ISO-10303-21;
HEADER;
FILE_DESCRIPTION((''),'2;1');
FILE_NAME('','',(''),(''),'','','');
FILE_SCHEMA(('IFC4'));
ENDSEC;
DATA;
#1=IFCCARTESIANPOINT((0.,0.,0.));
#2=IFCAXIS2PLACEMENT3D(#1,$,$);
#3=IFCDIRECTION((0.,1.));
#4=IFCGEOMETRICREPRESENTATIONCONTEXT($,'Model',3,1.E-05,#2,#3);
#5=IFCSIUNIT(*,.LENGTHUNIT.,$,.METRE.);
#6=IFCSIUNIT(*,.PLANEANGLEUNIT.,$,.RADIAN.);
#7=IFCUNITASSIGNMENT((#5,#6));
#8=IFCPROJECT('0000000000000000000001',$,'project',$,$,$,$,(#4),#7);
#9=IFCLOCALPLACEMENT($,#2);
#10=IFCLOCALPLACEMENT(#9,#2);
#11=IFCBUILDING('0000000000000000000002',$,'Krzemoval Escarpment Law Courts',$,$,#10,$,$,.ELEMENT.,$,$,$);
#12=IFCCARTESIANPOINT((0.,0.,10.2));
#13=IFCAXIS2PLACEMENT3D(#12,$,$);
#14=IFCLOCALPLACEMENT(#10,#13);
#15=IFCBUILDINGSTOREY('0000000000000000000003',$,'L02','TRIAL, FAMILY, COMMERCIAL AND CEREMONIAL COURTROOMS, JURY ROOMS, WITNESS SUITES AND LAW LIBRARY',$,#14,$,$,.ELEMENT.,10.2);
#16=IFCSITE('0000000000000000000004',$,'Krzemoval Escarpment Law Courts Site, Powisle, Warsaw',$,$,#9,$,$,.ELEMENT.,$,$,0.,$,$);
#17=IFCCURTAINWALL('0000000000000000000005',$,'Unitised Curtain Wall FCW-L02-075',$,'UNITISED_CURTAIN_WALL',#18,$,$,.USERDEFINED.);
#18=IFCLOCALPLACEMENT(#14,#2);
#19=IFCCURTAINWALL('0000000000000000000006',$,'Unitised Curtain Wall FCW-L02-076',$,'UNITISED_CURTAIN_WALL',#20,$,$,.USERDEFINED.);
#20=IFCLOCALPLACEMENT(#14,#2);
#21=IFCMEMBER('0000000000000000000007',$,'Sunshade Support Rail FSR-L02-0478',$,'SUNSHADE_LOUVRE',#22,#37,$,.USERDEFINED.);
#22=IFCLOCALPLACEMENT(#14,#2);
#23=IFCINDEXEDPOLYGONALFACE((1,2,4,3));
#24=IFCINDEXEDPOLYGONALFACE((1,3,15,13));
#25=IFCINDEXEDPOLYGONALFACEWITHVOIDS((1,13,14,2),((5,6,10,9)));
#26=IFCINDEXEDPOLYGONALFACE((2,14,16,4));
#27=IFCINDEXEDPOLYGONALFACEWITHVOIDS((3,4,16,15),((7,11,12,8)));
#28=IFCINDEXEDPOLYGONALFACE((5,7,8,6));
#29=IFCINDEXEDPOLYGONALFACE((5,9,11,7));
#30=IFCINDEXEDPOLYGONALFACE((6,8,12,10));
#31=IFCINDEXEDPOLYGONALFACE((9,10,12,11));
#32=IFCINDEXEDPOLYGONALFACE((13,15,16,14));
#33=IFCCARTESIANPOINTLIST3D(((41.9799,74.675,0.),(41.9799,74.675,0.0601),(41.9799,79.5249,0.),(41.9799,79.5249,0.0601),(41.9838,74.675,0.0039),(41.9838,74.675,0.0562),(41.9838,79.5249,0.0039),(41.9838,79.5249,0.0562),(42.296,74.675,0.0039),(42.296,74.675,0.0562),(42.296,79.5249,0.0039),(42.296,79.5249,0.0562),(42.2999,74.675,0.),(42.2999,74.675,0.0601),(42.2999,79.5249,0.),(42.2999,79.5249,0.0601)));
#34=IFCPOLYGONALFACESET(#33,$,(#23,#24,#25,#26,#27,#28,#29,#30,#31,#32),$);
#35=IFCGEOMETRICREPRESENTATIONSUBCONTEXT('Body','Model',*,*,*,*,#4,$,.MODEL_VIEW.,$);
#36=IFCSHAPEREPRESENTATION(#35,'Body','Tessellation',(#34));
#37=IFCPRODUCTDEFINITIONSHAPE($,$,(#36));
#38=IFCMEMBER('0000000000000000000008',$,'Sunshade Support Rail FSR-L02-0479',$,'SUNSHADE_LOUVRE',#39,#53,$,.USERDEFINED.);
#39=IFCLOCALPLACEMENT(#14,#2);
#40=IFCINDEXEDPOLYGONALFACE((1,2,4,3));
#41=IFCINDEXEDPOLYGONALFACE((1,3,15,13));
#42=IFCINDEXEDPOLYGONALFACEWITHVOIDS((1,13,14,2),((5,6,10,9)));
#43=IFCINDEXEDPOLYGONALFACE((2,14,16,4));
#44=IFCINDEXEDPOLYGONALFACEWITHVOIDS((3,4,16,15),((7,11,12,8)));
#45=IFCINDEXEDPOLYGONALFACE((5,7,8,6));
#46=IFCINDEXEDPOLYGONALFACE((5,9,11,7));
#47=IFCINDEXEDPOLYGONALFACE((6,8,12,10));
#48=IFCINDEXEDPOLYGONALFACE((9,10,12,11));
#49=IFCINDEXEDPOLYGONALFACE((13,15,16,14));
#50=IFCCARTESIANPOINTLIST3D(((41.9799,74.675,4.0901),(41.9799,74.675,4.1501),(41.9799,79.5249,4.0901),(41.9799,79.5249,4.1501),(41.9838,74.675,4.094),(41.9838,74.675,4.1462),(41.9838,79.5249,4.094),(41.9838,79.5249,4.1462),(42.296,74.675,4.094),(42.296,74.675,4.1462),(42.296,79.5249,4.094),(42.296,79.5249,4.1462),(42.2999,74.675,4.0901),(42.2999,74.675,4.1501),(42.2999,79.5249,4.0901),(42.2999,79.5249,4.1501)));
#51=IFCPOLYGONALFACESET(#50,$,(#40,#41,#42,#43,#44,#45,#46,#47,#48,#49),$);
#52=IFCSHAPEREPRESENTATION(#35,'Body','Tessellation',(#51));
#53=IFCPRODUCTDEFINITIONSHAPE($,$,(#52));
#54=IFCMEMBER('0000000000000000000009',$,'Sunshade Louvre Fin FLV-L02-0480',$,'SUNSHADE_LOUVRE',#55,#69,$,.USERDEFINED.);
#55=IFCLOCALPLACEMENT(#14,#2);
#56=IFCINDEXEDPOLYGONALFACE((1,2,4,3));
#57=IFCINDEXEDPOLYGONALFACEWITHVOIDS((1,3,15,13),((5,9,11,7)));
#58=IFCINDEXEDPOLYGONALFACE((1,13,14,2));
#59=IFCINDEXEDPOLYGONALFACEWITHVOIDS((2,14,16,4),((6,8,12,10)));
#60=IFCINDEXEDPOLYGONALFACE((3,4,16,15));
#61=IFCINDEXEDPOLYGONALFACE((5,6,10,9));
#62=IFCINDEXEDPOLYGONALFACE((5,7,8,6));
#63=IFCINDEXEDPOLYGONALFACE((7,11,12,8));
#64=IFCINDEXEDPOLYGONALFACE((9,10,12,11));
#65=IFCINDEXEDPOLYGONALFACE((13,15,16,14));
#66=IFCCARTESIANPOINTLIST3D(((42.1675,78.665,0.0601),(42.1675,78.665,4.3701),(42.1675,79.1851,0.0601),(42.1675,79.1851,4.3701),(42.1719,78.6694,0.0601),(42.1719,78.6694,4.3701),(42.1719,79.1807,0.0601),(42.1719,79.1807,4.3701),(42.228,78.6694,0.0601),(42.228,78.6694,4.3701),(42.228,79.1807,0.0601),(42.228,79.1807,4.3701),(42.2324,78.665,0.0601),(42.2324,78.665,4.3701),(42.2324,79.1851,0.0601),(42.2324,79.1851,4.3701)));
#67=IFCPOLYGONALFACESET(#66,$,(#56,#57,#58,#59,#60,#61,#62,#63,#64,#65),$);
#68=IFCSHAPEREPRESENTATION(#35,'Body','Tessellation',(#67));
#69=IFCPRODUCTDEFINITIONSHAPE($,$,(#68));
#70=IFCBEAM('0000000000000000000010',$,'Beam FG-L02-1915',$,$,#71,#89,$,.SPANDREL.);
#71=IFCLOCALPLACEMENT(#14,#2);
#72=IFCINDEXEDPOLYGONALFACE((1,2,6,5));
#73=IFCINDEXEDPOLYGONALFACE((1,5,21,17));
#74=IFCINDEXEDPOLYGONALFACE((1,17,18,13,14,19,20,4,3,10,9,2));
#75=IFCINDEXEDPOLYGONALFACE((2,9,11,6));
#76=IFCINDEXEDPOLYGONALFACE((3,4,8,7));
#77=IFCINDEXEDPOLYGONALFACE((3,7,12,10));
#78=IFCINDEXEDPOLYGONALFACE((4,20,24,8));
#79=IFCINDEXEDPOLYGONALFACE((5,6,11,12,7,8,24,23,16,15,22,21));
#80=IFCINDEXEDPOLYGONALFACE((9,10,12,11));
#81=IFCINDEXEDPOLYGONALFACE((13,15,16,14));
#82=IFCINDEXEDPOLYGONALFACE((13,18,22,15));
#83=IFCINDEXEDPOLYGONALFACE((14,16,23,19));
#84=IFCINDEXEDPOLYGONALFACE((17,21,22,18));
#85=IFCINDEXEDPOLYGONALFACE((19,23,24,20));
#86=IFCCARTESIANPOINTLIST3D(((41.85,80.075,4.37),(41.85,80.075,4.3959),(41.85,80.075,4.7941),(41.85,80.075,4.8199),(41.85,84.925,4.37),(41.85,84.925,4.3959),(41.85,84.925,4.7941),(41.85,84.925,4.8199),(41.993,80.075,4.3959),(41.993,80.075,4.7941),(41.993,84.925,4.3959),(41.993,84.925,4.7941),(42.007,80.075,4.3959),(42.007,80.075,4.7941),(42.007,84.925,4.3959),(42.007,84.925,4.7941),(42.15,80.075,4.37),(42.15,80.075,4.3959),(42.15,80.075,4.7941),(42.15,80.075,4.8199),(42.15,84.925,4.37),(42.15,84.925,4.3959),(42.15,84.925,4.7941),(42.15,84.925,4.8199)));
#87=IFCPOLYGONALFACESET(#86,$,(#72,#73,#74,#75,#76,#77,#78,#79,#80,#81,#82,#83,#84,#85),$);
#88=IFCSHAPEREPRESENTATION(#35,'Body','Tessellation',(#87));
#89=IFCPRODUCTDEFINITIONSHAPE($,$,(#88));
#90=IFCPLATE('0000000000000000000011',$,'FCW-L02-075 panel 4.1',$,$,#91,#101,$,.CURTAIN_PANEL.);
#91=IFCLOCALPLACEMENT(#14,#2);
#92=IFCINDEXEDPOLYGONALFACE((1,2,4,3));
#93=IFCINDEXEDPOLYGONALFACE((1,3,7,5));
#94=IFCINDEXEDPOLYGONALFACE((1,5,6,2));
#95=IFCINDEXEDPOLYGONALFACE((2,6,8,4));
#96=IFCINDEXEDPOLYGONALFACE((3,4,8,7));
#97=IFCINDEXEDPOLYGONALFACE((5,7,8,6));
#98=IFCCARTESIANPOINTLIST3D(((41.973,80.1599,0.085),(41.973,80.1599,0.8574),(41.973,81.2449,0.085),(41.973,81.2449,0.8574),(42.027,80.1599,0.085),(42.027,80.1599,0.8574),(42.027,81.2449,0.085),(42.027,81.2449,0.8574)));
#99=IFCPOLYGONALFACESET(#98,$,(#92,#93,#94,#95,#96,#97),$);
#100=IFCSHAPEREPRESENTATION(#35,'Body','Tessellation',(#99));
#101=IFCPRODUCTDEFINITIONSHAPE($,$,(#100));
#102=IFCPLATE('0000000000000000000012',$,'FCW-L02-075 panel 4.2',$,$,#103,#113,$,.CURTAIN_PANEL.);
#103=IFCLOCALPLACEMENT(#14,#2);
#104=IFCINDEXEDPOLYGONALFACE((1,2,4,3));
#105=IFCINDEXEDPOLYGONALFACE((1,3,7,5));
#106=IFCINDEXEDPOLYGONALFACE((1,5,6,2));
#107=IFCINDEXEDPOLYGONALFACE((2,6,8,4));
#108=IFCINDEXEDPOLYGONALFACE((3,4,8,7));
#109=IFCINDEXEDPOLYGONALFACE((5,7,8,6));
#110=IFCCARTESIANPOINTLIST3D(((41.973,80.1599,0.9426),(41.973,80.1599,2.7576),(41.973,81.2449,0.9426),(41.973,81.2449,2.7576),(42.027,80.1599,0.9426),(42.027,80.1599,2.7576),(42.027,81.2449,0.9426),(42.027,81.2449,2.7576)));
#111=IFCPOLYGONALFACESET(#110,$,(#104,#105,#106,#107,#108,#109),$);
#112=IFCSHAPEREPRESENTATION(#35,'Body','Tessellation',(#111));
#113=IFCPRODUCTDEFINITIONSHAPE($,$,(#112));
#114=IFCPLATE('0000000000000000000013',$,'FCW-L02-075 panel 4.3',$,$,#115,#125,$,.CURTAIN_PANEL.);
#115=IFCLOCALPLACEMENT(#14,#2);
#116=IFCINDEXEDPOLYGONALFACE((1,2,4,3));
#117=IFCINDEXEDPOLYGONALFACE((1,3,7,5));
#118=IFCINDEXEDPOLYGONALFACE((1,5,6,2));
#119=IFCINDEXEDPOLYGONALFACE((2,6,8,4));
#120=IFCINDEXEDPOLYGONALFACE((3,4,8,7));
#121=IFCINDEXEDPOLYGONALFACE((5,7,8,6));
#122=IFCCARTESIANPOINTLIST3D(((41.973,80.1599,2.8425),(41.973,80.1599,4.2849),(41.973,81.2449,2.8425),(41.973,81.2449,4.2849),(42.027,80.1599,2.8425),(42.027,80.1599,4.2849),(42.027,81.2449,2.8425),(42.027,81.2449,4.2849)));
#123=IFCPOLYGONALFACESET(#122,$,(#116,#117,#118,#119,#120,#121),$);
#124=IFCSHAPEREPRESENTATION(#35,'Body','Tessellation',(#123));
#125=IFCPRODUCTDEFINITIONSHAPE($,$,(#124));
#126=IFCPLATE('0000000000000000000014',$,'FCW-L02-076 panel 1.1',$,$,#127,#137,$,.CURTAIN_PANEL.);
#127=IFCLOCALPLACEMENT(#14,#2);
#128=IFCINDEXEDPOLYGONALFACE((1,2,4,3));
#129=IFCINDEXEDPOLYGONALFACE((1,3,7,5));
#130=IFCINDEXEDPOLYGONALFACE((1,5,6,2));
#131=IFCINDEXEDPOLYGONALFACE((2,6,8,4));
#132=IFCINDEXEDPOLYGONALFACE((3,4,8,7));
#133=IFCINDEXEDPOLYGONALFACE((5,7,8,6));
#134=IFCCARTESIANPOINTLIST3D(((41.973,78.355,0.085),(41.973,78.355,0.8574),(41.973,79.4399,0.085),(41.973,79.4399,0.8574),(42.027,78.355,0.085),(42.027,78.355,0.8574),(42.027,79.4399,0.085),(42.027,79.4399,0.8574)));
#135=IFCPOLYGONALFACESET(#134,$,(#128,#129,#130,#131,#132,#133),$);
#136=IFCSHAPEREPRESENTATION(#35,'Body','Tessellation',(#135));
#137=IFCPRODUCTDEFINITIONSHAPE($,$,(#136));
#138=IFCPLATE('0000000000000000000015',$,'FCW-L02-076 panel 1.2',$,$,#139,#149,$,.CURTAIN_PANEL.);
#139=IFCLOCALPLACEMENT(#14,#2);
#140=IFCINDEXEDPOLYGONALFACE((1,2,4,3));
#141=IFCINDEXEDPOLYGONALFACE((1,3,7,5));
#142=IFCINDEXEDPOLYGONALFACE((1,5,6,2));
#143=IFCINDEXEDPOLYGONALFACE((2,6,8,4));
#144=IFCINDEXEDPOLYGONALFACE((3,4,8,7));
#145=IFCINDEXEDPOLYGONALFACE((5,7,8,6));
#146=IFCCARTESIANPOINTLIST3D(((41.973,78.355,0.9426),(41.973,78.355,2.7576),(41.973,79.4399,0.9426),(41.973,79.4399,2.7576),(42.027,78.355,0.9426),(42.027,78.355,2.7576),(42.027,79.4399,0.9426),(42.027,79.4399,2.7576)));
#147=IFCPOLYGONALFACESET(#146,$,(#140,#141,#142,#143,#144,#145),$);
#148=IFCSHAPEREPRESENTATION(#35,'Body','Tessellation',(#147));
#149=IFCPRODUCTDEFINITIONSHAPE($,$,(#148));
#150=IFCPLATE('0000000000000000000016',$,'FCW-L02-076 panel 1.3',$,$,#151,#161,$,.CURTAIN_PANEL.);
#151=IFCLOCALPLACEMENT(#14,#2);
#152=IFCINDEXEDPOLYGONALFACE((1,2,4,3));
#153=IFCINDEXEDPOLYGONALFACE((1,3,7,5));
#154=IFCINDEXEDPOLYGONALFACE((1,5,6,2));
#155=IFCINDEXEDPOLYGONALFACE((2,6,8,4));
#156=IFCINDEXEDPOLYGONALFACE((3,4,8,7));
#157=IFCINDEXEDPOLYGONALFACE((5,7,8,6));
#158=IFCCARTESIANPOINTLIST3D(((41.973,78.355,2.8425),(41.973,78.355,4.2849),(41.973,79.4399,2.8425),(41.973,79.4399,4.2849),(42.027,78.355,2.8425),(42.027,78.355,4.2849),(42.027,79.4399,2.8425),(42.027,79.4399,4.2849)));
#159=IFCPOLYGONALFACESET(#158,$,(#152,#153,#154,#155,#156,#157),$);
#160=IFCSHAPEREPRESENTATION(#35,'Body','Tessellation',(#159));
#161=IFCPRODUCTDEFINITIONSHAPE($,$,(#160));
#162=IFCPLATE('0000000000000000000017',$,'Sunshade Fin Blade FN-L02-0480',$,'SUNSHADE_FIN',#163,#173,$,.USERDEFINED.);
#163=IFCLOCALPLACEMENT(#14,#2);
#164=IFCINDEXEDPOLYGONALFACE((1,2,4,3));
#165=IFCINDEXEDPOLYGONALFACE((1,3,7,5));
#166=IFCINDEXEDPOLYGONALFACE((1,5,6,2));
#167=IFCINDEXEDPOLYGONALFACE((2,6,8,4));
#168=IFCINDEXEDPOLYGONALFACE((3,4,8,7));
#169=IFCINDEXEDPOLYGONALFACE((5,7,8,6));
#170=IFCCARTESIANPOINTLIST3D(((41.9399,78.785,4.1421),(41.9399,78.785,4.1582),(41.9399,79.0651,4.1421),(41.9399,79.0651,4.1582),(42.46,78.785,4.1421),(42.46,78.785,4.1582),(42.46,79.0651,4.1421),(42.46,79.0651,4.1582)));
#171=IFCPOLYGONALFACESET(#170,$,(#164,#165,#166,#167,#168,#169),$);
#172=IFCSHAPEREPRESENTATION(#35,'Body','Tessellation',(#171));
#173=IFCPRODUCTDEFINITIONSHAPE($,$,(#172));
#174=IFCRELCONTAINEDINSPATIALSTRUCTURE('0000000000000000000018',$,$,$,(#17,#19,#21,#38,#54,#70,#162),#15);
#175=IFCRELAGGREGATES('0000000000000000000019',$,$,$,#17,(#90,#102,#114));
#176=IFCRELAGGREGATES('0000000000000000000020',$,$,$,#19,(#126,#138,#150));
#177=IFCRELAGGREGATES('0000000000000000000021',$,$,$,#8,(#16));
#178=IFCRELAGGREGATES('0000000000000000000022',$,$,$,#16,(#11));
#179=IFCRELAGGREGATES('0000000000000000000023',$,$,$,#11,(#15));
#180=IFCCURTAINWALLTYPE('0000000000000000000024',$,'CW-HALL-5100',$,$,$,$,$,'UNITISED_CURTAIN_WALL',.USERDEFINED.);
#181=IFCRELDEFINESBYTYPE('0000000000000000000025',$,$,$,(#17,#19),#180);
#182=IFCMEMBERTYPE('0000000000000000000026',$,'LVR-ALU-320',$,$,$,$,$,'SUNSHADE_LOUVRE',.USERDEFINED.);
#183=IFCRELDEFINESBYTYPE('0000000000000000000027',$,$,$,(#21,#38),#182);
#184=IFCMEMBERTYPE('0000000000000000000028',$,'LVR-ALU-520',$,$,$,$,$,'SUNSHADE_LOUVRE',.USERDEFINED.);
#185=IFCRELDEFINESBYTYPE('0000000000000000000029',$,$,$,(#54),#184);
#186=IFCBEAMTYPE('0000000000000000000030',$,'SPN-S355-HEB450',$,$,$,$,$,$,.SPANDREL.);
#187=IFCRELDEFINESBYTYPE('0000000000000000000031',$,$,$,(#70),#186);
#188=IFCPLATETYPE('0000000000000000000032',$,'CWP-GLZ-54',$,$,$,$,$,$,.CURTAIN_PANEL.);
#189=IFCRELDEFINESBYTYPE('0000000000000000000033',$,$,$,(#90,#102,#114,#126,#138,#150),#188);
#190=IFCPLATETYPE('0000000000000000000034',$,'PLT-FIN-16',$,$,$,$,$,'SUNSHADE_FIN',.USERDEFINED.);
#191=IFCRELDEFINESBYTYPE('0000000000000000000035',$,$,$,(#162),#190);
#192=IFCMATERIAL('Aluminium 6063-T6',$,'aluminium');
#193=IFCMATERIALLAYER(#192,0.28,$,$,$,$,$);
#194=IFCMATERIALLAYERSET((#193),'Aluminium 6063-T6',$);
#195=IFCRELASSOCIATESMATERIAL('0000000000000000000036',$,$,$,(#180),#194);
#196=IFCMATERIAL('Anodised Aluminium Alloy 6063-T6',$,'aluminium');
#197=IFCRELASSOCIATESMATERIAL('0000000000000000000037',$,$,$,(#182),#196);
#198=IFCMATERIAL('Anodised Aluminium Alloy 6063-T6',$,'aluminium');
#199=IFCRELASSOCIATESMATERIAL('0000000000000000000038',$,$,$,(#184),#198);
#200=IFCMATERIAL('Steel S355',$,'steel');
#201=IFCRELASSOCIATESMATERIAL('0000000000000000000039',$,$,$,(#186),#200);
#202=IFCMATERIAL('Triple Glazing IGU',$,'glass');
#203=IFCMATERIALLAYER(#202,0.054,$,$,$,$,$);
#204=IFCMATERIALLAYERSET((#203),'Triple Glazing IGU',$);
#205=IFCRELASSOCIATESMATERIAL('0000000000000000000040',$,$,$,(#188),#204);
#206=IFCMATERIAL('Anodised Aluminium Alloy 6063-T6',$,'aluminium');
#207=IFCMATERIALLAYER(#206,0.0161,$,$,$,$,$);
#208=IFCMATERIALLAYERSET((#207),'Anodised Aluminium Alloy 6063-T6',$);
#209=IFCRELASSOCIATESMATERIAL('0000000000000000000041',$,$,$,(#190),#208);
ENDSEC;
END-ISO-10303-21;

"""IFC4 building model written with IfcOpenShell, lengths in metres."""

from ifc_helpers import new_model, si_unit, direction, frame, origin, origin_2d, place, context, subcontext, project, spatial, rectangle, hollow_rectangle, i_section, extrude, material, layer, layer_set, material_profile, profile_set, type_object, element, aggregate, save


model = new_model("IFC4")

# Units and contexts
model_context = context("Model", 3, precision=1e-05, world=origin(), true_north=direction((0.0, 1.0)))
body_context = subcontext(model_context, "Body", "Model", "MODEL_VIEW")
ifc_project = project(units=[si_unit("LENGTHUNIT", "METRE"), si_unit("PLANEANGLEUNIT", "RADIAN")], contexts=[model_context])

# Site, building, storey
site_placement = place(None, origin())
site = spatial("IfcSite", under=ifc_project, at=site_placement, Name="Krzemoval Escarpment Law Courts Site, Powisle, Warsaw", CompositionType="ELEMENT", RefElevation=0.0)
building_placement = place(site_placement, origin())
building = spatial("IfcBuilding", under=site, at=building_placement, Name="Krzemoval Escarpment Law Courts", CompositionType="ELEMENT")
storey_placement = place(building_placement, frame((0.0, 0.0, 10.2)))
storey = spatial("IfcBuildingStorey", under=building, at=storey_placement, Name="L02", Description="TRIAL, FAMILY, COMMERCIAL AND CEREMONIAL COURTROOMS, JURY ROOMS, WITNESS SUITES AND LAW LIBRARY", CompositionType="ELEMENT", Elevation=10.2)

# Curtain walls
ifc_material_1 = material(Name="Aluminium 6063-T6", Category="aluminium")
ifc_layer_1 = layer(ifc_material_1, 0.28)
ifc_layer_set_1 = layer_set([ifc_layer_1], Name="Aluminium 6063-T6")
curtain_wall_type = type_object("IfcCurtainWallType", Name="CW-HALL-5100", ElementType="UNITISED_CURTAIN_WALL", PredefinedType="USERDEFINED", material=ifc_layer_set_1)
curtain_wall_1_placement = place(storey_placement, origin())
curtain_wall_1 = element("IfcCurtainWall", 1, at=curtain_wall_1_placement, inside=storey, type_object=curtain_wall_type, Name="Unitised Curtain Wall FCW-L02-075", ObjectType="UNITISED_CURTAIN_WALL", PredefinedType="USERDEFINED")
curtain_wall_2_placement = place(storey_placement, origin())
curtain_wall_2 = element("IfcCurtainWall", 2, at=curtain_wall_2_placement, inside=storey, type_object=curtain_wall_type, Name="Unitised Curtain Wall FCW-L02-076", ObjectType="UNITISED_CURTAIN_WALL", PredefinedType="USERDEFINED")

# Members
ifc_material_2 = material(Name="Anodised Aluminium Alloy 6063-T6", Category="aluminium")
ifc_material_profile_1 = material_profile(ifc_material_2, hollow_rectangle(XDim=0.0601, YDim=0.3201, WallThickness=0.0039, at=origin_2d()), Name="ALU LVR 60x320")
ifc_profile_set_1 = profile_set([ifc_material_profile_1], Name="Anodised Aluminium Alloy 6063-T6")
member_type_1 = type_object("IfcMemberType", Name="LVR-ALU-320", ElementType="SUNSHADE_LOUVRE", PredefinedType="USERDEFINED", material=ifc_profile_set_1)
for number, where, z_axis, x_axis, name in (
    (3, (42.1399, 79.5249, 0.03), (0.0, -1.0, 0.0), (0.0, 0.0, 1.0), "Sunshade Support Rail FSR-L02-0478"),
    (4, (42.1399, 79.5249, 4.1201), (0.0, -1.0, 0.0), (0.0, 0.0, 1.0), "Sunshade Support Rail FSR-L02-0479"),
):
    element("IfcMember", number, at=place(storey_placement, frame(where, z_axis=z_axis, x_axis=x_axis)), inside=storey, type_object=member_type_1, Name=name, ObjectType="SUNSHADE_LOUVRE", PredefinedType="USERDEFINED", context=body_context, shape_type="SweptSolid", body=[
        extrude(hollow_rectangle(XDim=0.0601, YDim=0.3201, WallThickness=0.0039, at=origin_2d()), origin(), (0.0, 0.0, 1.0), 4.8499),
    ])
ifc_material_3 = material(Name="Anodised Aluminium Alloy 6063-T6", Category="aluminium")
ifc_material_profile_2 = material_profile(ifc_material_3, hollow_rectangle(XDim=0.0649, YDim=0.52, WallThickness=0.0044, at=origin_2d()), Name="ALU LVR 65x520")
ifc_profile_set_2 = profile_set([ifc_material_profile_2], Name="Anodised Aluminium Alloy 6063-T6")
member_type_2 = type_object("IfcMemberType", Name="LVR-ALU-520", ElementType="SUNSHADE_LOUVRE", PredefinedType="USERDEFINED", material=ifc_profile_set_2)
member_1_placement = place(storey_placement, frame((42.2, 78.925, 0.0601), z_axis=(0.0, 0.0, 1.0), x_axis=(1.0, 0.0, 0.0)))
element("IfcMember", 5, at=member_1_placement, inside=storey, type_object=member_type_2, Name="Sunshade Louvre Fin FLV-L02-0480", ObjectType="SUNSHADE_LOUVRE", PredefinedType="USERDEFINED", context=body_context, shape_type="SweptSolid", body=[
    extrude(hollow_rectangle(XDim=0.0649, YDim=0.52, WallThickness=0.0044, at=origin_2d()), origin(), (0.0, 0.0, 1.0), 4.3101),
])

# Beam
ifc_material_4 = material(Name="Steel S355", Category="steel")
ifc_material_profile_3 = material_profile(ifc_material_4, i_section(OverallWidth=0.3, OverallDepth=0.45, WebThickness=0.0139, FlangeThickness=0.0259, at=origin_2d()), Name="HEB 450")
ifc_profile_set_3 = profile_set([ifc_material_profile_3], Name="Steel S355")
beam_type = type_object("IfcBeamType", Name="SPN-S355-HEB450", PredefinedType="SPANDREL", material=ifc_profile_set_3)
beam_placement = place(storey_placement, frame((42.0, 80.075, 4.595), z_axis=(0.0, 1.0, 0.0), x_axis=(-1.0, 0.0, 0.0)))
element("IfcBeam", 6, at=beam_placement, inside=storey, type_object=beam_type, Name="Beam FG-L02-1915", PredefinedType="SPANDREL", context=body_context, shape_type="SweptSolid", body=[
    extrude(i_section(OverallWidth=0.3, OverallDepth=0.45, WebThickness=0.0139, FlangeThickness=0.0259, at=origin_2d()), origin(), (0.0, 0.0, 1.0), 4.8501),
])

# Plates
ifc_material_5 = material(Name="Triple Glazing IGU", Category="glass")
ifc_layer_2 = layer(ifc_material_5, 0.054)
ifc_layer_set_2 = layer_set([ifc_layer_2], Name="Triple Glazing IGU")
plate_type_1 = type_object("IfcPlateType", Name="CWP-GLZ-54", PredefinedType="CURTAIN_PANEL", material=ifc_layer_set_2)
plate_1_placement = place(storey_placement, frame((42.0, 80.7024, 0.085), z_axis=(0.0, 0.0, 1.0), x_axis=(0.0, -1.0, 0.0)))
plate_1 = element("IfcPlate", 7, at=plate_1_placement, type_object=plate_type_1, Name="FCW-L02-075 panel 4.1", PredefinedType="CURTAIN_PANEL", context=body_context, shape_type="SweptSolid", body=[
    extrude(rectangle(XDim=1.085, YDim=0.054, at=origin_2d()), origin(), (0.0, 0.0, 1.0), 0.7725),
])
plate_2_placement = place(storey_placement, frame((42.0, 80.7024, 0.9426), z_axis=(0.0, 0.0, 1.0), x_axis=(0.0, -1.0, 0.0)))
plate_2 = element("IfcPlate", 8, at=plate_2_placement, type_object=plate_type_1, Name="FCW-L02-075 panel 4.2", PredefinedType="CURTAIN_PANEL", context=body_context, shape_type="SweptSolid", body=[
    extrude(rectangle(XDim=1.085, YDim=0.054, at=origin_2d()), origin(), (0.0, 0.0, 1.0), 1.8149),
])
plate_3_placement = place(storey_placement, frame((42.0, 80.7024, 2.8425), z_axis=(0.0, 0.0, 1.0), x_axis=(0.0, -1.0, 0.0)))
plate_3 = element("IfcPlate", 9, at=plate_3_placement, type_object=plate_type_1, Name="FCW-L02-075 panel 4.3", PredefinedType="CURTAIN_PANEL", context=body_context, shape_type="SweptSolid", body=[
    extrude(rectangle(XDim=1.085, YDim=0.054, at=origin_2d()), origin(), (0.0, 0.0, 1.0), 1.4424),
])
aggregate(curtain_wall_1, [plate_1, plate_2, plate_3])
plate_4_placement = place(storey_placement, frame((42.0, 78.8975, 0.085), z_axis=(0.0, 0.0, 1.0), x_axis=(0.0, -1.0, 0.0)))
plate_4 = element("IfcPlate", 10, at=plate_4_placement, type_object=plate_type_1, Name="FCW-L02-076 panel 1.1", PredefinedType="CURTAIN_PANEL", context=body_context, shape_type="SweptSolid", body=[
    extrude(rectangle(XDim=1.085, YDim=0.054, at=origin_2d()), origin(), (0.0, 0.0, 1.0), 0.7725),
])
plate_5_placement = place(storey_placement, frame((42.0, 78.8975, 0.9426), z_axis=(0.0, 0.0, 1.0), x_axis=(0.0, -1.0, 0.0)))
plate_5 = element("IfcPlate", 11, at=plate_5_placement, type_object=plate_type_1, Name="FCW-L02-076 panel 1.2", PredefinedType="CURTAIN_PANEL", context=body_context, shape_type="SweptSolid", body=[
    extrude(rectangle(XDim=1.085, YDim=0.054, at=origin_2d()), origin(), (0.0, 0.0, 1.0), 1.8149),
])
plate_6_placement = place(storey_placement, frame((42.0, 78.8975, 2.8425), z_axis=(0.0, 0.0, 1.0), x_axis=(0.0, -1.0, 0.0)))
plate_6 = element("IfcPlate", 12, at=plate_6_placement, type_object=plate_type_1, Name="FCW-L02-076 panel 1.3", PredefinedType="CURTAIN_PANEL", context=body_context, shape_type="SweptSolid", body=[
    extrude(rectangle(XDim=1.085, YDim=0.054, at=origin_2d()), origin(), (0.0, 0.0, 1.0), 1.4424),
])
aggregate(curtain_wall_2, [plate_4, plate_5, plate_6])
ifc_material_6 = material(Name="Anodised Aluminium Alloy 6063-T6", Category="aluminium")
ifc_layer_3 = layer(ifc_material_6, 0.0161)
ifc_layer_set_3 = layer_set([ifc_layer_3], Name="Anodised Aluminium Alloy 6063-T6")
plate_type_2 = type_object("IfcPlateType", Name="PLT-FIN-16", ElementType="SUNSHADE_FIN", PredefinedType="USERDEFINED", material=ifc_layer_set_3)
plate_7_placement = place(storey_placement, frame((42.2, 78.925, 4.1421), z_axis=(0.0, 0.0, 1.0), x_axis=(1.0, 0.0, 0.0)))
element("IfcPlate", 13, at=plate_7_placement, inside=storey, type_object=plate_type_2, Name="Sunshade Fin Blade FN-L02-0480", ObjectType="SUNSHADE_FIN", PredefinedType="USERDEFINED", context=body_context, shape_type="SweptSolid", body=[
    extrude(rectangle(XDim=0.52, YDim=0.28, at=origin_2d()), origin(), (0.0, 0.0, 1.0), 0.0161),
])

save(model, "model.ifc")
